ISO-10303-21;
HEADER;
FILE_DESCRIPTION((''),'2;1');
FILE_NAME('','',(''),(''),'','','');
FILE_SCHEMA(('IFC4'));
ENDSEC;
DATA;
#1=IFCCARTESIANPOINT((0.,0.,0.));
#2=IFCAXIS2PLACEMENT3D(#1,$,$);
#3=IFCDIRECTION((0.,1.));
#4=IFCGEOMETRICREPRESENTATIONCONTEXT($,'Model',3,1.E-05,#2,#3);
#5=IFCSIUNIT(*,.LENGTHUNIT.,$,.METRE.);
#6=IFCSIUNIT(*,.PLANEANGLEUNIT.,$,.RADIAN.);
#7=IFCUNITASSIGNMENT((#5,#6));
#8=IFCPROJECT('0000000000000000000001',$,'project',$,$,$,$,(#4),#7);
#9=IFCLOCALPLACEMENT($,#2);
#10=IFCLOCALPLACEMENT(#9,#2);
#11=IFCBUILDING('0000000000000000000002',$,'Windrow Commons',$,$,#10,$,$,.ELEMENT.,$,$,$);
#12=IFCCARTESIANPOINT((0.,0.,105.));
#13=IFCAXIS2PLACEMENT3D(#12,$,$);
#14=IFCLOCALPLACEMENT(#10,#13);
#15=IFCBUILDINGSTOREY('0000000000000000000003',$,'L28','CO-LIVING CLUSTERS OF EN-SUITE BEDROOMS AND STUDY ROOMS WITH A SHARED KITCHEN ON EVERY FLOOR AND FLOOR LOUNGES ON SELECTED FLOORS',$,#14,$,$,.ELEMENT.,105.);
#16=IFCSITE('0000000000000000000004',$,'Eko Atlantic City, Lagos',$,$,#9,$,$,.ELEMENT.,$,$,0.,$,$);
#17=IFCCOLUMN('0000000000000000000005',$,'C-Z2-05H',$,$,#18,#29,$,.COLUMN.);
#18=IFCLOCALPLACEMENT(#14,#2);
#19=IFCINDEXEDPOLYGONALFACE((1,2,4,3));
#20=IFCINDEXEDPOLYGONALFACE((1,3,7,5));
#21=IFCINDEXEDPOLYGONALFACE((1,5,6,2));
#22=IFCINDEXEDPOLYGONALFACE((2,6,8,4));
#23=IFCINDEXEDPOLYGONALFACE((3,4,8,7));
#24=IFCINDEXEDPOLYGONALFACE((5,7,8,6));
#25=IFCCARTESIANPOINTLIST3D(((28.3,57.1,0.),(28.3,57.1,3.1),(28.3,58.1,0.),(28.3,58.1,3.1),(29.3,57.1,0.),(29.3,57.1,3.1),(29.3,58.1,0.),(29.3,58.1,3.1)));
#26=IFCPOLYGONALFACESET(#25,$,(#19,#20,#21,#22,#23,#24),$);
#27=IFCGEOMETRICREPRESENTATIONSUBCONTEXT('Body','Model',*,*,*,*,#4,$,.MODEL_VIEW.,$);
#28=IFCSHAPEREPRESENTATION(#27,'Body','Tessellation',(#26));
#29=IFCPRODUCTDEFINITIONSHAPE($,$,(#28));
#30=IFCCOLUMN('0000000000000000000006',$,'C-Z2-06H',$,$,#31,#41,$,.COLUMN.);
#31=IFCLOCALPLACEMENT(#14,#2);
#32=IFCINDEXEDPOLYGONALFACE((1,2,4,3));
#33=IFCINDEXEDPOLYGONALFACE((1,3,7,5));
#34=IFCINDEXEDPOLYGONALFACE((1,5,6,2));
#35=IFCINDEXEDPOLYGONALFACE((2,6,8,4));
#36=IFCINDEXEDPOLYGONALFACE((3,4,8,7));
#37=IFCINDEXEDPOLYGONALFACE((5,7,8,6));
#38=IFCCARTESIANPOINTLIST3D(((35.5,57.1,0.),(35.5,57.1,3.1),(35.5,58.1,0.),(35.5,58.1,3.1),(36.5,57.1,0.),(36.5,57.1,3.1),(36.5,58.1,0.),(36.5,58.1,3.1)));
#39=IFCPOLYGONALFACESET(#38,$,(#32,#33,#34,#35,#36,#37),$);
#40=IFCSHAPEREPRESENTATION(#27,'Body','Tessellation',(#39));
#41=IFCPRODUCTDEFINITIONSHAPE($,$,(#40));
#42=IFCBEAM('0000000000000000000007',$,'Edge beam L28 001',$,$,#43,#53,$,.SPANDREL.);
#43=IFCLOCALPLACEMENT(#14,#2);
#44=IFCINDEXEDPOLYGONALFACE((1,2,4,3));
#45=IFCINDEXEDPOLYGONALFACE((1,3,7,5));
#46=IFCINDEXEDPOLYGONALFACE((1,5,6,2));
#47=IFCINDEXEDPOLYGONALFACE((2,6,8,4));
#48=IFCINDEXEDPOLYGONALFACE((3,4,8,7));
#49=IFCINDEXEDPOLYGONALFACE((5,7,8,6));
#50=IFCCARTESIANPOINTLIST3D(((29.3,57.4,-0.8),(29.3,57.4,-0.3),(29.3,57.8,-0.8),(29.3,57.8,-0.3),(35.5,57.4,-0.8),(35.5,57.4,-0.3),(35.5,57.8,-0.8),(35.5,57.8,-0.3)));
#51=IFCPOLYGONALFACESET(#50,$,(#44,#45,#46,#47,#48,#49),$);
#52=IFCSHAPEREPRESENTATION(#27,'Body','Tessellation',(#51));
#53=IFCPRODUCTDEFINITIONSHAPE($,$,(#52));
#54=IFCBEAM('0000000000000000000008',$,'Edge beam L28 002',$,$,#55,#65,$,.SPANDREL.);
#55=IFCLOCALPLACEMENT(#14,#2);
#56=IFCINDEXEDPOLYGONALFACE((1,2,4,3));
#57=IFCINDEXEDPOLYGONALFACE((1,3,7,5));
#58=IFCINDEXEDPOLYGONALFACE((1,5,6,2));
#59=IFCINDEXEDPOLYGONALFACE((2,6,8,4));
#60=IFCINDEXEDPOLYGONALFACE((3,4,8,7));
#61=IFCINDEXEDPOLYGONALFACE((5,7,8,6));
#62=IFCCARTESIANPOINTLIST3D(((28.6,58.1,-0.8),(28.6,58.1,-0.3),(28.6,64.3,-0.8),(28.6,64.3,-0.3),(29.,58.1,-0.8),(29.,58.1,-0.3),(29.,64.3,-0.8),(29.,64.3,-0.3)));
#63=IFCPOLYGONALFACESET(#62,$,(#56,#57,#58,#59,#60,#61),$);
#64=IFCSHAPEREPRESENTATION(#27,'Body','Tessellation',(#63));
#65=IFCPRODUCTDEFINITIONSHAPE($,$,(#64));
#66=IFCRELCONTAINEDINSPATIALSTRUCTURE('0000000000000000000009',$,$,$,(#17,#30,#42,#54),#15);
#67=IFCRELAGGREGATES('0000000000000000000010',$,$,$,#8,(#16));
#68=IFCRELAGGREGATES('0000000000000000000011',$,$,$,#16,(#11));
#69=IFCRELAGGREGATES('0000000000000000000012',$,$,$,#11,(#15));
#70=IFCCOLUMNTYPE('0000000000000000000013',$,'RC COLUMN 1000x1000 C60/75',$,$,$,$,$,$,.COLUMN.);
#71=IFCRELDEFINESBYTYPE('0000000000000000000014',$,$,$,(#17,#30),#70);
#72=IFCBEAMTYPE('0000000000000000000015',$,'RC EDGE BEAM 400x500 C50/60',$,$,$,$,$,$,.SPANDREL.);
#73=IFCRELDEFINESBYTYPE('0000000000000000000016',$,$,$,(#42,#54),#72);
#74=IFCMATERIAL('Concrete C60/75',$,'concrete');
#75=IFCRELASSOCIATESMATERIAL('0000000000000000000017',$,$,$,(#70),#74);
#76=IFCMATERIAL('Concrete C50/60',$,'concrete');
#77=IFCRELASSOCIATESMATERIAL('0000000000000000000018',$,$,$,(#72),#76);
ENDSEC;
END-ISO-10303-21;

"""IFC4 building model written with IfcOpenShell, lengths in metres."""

from ifc_helpers import new_model, si_unit, direction, frame, origin, origin_2d, place, context, subcontext, project, spatial, rectangle, extrude, material, material_profile, profile_set, type_object, element, save


model = new_model("IFC4")

# Units and contexts
model_context = context("Model", 3, precision=1e-05, world=origin(), true_north=direction((0.0, 1.0)))
body_context = subcontext(model_context, "Body", "Model", "MODEL_VIEW")
ifc_project = project(units=[si_unit("LENGTHUNIT", "METRE"), si_unit("PLANEANGLEUNIT", "RADIAN")], contexts=[model_context])

# Site, building, storey
site_placement = place(None, origin())
site = spatial("IfcSite", under=ifc_project, at=site_placement, Name="Eko Atlantic City, Lagos", CompositionType="ELEMENT", RefElevation=0.0)
building_placement = place(site_placement, origin())
building = spatial("IfcBuilding", under=site, at=building_placement, Name="Windrow Commons", CompositionType="ELEMENT")
storey_placement = place(building_placement, frame((0.0, 0.0, 105.0)))
storey = spatial("IfcBuildingStorey", under=building, at=storey_placement, Name="L28", Description="CO-LIVING CLUSTERS OF EN-SUITE BEDROOMS AND STUDY ROOMS WITH A SHARED KITCHEN ON EVERY FLOOR AND FLOOR LOUNGES ON SELECTED FLOORS", CompositionType="ELEMENT", Elevation=105.0)

# Columns
ifc_material_1 = material(Name="Concrete C60/75", Category="concrete")
ifc_material_profile_1 = material_profile(ifc_material_1, rectangle(XDim=1.0, YDim=1.0, at=origin_2d()))
ifc_profile_set_1 = profile_set([ifc_material_profile_1], Name="Concrete C60/75")
column_type = type_object("IfcColumnType", Name="RC COLUMN 1000x1000 C60/75", PredefinedType="COLUMN", material=ifc_profile_set_1)
for number, where, z_axis, x_axis, name in (
    (1, (28.8, 57.6, 0.0), (0.0, 0.0, 1.0), (1.0, 0.0, 0.0), "C-Z2-05H"),
    (2, (36.0, 57.6, 0.0), (0.0, 0.0, 1.0), (1.0, 0.0, 0.0), "C-Z2-06H"),
):
    element("IfcColumn", number, at=place(storey_placement, frame(where, z_axis=z_axis, x_axis=x_axis)), inside=storey, type_object=column_type, Name=name, PredefinedType="COLUMN", context=body_context, shape_type="SweptSolid", body=[
        extrude(rectangle(XDim=1.0, YDim=1.0, at=origin_2d()), origin(), (0.0, 0.0, 1.0), 3.1),
    ])

# Beams
ifc_material_2 = material(Name="Concrete C50/60", Category="concrete")
ifc_material_profile_2 = material_profile(ifc_material_2, rectangle(XDim=0.4, YDim=0.5, at=origin_2d()))
ifc_profile_set_2 = profile_set([ifc_material_profile_2], Name="Concrete C50/60")
beam_type = type_object("IfcBeamType", Name="RC EDGE BEAM 400x500 C50/60", PredefinedType="SPANDREL", material=ifc_profile_set_2)
for number, where, z_axis, x_axis, name in (
    (3, (35.5, 57.6, -0.55), (-1.0, 0.0, 0.0), (0.0, -1.0, 0.0), "Edge beam L28 001"),
    (4, (28.8, 58.1, -0.55), (0.0, 1.0, 0.0), (-1.0, 0.0, 0.0), "Edge beam L28 002"),
):
    element("IfcBeam", number, at=place(storey_placement, frame(where, z_axis=z_axis, x_axis=x_axis)), inside=storey, type_object=beam_type, Name=name, PredefinedType="SPANDREL", context=body_context, shape_type="SweptSolid", body=[
        extrude(rectangle(XDim=0.4, YDim=0.5, at=origin_2d()), origin(), (0.0, 0.0, 1.0), 6.2),
    ])

save(model, "model.ifc")
